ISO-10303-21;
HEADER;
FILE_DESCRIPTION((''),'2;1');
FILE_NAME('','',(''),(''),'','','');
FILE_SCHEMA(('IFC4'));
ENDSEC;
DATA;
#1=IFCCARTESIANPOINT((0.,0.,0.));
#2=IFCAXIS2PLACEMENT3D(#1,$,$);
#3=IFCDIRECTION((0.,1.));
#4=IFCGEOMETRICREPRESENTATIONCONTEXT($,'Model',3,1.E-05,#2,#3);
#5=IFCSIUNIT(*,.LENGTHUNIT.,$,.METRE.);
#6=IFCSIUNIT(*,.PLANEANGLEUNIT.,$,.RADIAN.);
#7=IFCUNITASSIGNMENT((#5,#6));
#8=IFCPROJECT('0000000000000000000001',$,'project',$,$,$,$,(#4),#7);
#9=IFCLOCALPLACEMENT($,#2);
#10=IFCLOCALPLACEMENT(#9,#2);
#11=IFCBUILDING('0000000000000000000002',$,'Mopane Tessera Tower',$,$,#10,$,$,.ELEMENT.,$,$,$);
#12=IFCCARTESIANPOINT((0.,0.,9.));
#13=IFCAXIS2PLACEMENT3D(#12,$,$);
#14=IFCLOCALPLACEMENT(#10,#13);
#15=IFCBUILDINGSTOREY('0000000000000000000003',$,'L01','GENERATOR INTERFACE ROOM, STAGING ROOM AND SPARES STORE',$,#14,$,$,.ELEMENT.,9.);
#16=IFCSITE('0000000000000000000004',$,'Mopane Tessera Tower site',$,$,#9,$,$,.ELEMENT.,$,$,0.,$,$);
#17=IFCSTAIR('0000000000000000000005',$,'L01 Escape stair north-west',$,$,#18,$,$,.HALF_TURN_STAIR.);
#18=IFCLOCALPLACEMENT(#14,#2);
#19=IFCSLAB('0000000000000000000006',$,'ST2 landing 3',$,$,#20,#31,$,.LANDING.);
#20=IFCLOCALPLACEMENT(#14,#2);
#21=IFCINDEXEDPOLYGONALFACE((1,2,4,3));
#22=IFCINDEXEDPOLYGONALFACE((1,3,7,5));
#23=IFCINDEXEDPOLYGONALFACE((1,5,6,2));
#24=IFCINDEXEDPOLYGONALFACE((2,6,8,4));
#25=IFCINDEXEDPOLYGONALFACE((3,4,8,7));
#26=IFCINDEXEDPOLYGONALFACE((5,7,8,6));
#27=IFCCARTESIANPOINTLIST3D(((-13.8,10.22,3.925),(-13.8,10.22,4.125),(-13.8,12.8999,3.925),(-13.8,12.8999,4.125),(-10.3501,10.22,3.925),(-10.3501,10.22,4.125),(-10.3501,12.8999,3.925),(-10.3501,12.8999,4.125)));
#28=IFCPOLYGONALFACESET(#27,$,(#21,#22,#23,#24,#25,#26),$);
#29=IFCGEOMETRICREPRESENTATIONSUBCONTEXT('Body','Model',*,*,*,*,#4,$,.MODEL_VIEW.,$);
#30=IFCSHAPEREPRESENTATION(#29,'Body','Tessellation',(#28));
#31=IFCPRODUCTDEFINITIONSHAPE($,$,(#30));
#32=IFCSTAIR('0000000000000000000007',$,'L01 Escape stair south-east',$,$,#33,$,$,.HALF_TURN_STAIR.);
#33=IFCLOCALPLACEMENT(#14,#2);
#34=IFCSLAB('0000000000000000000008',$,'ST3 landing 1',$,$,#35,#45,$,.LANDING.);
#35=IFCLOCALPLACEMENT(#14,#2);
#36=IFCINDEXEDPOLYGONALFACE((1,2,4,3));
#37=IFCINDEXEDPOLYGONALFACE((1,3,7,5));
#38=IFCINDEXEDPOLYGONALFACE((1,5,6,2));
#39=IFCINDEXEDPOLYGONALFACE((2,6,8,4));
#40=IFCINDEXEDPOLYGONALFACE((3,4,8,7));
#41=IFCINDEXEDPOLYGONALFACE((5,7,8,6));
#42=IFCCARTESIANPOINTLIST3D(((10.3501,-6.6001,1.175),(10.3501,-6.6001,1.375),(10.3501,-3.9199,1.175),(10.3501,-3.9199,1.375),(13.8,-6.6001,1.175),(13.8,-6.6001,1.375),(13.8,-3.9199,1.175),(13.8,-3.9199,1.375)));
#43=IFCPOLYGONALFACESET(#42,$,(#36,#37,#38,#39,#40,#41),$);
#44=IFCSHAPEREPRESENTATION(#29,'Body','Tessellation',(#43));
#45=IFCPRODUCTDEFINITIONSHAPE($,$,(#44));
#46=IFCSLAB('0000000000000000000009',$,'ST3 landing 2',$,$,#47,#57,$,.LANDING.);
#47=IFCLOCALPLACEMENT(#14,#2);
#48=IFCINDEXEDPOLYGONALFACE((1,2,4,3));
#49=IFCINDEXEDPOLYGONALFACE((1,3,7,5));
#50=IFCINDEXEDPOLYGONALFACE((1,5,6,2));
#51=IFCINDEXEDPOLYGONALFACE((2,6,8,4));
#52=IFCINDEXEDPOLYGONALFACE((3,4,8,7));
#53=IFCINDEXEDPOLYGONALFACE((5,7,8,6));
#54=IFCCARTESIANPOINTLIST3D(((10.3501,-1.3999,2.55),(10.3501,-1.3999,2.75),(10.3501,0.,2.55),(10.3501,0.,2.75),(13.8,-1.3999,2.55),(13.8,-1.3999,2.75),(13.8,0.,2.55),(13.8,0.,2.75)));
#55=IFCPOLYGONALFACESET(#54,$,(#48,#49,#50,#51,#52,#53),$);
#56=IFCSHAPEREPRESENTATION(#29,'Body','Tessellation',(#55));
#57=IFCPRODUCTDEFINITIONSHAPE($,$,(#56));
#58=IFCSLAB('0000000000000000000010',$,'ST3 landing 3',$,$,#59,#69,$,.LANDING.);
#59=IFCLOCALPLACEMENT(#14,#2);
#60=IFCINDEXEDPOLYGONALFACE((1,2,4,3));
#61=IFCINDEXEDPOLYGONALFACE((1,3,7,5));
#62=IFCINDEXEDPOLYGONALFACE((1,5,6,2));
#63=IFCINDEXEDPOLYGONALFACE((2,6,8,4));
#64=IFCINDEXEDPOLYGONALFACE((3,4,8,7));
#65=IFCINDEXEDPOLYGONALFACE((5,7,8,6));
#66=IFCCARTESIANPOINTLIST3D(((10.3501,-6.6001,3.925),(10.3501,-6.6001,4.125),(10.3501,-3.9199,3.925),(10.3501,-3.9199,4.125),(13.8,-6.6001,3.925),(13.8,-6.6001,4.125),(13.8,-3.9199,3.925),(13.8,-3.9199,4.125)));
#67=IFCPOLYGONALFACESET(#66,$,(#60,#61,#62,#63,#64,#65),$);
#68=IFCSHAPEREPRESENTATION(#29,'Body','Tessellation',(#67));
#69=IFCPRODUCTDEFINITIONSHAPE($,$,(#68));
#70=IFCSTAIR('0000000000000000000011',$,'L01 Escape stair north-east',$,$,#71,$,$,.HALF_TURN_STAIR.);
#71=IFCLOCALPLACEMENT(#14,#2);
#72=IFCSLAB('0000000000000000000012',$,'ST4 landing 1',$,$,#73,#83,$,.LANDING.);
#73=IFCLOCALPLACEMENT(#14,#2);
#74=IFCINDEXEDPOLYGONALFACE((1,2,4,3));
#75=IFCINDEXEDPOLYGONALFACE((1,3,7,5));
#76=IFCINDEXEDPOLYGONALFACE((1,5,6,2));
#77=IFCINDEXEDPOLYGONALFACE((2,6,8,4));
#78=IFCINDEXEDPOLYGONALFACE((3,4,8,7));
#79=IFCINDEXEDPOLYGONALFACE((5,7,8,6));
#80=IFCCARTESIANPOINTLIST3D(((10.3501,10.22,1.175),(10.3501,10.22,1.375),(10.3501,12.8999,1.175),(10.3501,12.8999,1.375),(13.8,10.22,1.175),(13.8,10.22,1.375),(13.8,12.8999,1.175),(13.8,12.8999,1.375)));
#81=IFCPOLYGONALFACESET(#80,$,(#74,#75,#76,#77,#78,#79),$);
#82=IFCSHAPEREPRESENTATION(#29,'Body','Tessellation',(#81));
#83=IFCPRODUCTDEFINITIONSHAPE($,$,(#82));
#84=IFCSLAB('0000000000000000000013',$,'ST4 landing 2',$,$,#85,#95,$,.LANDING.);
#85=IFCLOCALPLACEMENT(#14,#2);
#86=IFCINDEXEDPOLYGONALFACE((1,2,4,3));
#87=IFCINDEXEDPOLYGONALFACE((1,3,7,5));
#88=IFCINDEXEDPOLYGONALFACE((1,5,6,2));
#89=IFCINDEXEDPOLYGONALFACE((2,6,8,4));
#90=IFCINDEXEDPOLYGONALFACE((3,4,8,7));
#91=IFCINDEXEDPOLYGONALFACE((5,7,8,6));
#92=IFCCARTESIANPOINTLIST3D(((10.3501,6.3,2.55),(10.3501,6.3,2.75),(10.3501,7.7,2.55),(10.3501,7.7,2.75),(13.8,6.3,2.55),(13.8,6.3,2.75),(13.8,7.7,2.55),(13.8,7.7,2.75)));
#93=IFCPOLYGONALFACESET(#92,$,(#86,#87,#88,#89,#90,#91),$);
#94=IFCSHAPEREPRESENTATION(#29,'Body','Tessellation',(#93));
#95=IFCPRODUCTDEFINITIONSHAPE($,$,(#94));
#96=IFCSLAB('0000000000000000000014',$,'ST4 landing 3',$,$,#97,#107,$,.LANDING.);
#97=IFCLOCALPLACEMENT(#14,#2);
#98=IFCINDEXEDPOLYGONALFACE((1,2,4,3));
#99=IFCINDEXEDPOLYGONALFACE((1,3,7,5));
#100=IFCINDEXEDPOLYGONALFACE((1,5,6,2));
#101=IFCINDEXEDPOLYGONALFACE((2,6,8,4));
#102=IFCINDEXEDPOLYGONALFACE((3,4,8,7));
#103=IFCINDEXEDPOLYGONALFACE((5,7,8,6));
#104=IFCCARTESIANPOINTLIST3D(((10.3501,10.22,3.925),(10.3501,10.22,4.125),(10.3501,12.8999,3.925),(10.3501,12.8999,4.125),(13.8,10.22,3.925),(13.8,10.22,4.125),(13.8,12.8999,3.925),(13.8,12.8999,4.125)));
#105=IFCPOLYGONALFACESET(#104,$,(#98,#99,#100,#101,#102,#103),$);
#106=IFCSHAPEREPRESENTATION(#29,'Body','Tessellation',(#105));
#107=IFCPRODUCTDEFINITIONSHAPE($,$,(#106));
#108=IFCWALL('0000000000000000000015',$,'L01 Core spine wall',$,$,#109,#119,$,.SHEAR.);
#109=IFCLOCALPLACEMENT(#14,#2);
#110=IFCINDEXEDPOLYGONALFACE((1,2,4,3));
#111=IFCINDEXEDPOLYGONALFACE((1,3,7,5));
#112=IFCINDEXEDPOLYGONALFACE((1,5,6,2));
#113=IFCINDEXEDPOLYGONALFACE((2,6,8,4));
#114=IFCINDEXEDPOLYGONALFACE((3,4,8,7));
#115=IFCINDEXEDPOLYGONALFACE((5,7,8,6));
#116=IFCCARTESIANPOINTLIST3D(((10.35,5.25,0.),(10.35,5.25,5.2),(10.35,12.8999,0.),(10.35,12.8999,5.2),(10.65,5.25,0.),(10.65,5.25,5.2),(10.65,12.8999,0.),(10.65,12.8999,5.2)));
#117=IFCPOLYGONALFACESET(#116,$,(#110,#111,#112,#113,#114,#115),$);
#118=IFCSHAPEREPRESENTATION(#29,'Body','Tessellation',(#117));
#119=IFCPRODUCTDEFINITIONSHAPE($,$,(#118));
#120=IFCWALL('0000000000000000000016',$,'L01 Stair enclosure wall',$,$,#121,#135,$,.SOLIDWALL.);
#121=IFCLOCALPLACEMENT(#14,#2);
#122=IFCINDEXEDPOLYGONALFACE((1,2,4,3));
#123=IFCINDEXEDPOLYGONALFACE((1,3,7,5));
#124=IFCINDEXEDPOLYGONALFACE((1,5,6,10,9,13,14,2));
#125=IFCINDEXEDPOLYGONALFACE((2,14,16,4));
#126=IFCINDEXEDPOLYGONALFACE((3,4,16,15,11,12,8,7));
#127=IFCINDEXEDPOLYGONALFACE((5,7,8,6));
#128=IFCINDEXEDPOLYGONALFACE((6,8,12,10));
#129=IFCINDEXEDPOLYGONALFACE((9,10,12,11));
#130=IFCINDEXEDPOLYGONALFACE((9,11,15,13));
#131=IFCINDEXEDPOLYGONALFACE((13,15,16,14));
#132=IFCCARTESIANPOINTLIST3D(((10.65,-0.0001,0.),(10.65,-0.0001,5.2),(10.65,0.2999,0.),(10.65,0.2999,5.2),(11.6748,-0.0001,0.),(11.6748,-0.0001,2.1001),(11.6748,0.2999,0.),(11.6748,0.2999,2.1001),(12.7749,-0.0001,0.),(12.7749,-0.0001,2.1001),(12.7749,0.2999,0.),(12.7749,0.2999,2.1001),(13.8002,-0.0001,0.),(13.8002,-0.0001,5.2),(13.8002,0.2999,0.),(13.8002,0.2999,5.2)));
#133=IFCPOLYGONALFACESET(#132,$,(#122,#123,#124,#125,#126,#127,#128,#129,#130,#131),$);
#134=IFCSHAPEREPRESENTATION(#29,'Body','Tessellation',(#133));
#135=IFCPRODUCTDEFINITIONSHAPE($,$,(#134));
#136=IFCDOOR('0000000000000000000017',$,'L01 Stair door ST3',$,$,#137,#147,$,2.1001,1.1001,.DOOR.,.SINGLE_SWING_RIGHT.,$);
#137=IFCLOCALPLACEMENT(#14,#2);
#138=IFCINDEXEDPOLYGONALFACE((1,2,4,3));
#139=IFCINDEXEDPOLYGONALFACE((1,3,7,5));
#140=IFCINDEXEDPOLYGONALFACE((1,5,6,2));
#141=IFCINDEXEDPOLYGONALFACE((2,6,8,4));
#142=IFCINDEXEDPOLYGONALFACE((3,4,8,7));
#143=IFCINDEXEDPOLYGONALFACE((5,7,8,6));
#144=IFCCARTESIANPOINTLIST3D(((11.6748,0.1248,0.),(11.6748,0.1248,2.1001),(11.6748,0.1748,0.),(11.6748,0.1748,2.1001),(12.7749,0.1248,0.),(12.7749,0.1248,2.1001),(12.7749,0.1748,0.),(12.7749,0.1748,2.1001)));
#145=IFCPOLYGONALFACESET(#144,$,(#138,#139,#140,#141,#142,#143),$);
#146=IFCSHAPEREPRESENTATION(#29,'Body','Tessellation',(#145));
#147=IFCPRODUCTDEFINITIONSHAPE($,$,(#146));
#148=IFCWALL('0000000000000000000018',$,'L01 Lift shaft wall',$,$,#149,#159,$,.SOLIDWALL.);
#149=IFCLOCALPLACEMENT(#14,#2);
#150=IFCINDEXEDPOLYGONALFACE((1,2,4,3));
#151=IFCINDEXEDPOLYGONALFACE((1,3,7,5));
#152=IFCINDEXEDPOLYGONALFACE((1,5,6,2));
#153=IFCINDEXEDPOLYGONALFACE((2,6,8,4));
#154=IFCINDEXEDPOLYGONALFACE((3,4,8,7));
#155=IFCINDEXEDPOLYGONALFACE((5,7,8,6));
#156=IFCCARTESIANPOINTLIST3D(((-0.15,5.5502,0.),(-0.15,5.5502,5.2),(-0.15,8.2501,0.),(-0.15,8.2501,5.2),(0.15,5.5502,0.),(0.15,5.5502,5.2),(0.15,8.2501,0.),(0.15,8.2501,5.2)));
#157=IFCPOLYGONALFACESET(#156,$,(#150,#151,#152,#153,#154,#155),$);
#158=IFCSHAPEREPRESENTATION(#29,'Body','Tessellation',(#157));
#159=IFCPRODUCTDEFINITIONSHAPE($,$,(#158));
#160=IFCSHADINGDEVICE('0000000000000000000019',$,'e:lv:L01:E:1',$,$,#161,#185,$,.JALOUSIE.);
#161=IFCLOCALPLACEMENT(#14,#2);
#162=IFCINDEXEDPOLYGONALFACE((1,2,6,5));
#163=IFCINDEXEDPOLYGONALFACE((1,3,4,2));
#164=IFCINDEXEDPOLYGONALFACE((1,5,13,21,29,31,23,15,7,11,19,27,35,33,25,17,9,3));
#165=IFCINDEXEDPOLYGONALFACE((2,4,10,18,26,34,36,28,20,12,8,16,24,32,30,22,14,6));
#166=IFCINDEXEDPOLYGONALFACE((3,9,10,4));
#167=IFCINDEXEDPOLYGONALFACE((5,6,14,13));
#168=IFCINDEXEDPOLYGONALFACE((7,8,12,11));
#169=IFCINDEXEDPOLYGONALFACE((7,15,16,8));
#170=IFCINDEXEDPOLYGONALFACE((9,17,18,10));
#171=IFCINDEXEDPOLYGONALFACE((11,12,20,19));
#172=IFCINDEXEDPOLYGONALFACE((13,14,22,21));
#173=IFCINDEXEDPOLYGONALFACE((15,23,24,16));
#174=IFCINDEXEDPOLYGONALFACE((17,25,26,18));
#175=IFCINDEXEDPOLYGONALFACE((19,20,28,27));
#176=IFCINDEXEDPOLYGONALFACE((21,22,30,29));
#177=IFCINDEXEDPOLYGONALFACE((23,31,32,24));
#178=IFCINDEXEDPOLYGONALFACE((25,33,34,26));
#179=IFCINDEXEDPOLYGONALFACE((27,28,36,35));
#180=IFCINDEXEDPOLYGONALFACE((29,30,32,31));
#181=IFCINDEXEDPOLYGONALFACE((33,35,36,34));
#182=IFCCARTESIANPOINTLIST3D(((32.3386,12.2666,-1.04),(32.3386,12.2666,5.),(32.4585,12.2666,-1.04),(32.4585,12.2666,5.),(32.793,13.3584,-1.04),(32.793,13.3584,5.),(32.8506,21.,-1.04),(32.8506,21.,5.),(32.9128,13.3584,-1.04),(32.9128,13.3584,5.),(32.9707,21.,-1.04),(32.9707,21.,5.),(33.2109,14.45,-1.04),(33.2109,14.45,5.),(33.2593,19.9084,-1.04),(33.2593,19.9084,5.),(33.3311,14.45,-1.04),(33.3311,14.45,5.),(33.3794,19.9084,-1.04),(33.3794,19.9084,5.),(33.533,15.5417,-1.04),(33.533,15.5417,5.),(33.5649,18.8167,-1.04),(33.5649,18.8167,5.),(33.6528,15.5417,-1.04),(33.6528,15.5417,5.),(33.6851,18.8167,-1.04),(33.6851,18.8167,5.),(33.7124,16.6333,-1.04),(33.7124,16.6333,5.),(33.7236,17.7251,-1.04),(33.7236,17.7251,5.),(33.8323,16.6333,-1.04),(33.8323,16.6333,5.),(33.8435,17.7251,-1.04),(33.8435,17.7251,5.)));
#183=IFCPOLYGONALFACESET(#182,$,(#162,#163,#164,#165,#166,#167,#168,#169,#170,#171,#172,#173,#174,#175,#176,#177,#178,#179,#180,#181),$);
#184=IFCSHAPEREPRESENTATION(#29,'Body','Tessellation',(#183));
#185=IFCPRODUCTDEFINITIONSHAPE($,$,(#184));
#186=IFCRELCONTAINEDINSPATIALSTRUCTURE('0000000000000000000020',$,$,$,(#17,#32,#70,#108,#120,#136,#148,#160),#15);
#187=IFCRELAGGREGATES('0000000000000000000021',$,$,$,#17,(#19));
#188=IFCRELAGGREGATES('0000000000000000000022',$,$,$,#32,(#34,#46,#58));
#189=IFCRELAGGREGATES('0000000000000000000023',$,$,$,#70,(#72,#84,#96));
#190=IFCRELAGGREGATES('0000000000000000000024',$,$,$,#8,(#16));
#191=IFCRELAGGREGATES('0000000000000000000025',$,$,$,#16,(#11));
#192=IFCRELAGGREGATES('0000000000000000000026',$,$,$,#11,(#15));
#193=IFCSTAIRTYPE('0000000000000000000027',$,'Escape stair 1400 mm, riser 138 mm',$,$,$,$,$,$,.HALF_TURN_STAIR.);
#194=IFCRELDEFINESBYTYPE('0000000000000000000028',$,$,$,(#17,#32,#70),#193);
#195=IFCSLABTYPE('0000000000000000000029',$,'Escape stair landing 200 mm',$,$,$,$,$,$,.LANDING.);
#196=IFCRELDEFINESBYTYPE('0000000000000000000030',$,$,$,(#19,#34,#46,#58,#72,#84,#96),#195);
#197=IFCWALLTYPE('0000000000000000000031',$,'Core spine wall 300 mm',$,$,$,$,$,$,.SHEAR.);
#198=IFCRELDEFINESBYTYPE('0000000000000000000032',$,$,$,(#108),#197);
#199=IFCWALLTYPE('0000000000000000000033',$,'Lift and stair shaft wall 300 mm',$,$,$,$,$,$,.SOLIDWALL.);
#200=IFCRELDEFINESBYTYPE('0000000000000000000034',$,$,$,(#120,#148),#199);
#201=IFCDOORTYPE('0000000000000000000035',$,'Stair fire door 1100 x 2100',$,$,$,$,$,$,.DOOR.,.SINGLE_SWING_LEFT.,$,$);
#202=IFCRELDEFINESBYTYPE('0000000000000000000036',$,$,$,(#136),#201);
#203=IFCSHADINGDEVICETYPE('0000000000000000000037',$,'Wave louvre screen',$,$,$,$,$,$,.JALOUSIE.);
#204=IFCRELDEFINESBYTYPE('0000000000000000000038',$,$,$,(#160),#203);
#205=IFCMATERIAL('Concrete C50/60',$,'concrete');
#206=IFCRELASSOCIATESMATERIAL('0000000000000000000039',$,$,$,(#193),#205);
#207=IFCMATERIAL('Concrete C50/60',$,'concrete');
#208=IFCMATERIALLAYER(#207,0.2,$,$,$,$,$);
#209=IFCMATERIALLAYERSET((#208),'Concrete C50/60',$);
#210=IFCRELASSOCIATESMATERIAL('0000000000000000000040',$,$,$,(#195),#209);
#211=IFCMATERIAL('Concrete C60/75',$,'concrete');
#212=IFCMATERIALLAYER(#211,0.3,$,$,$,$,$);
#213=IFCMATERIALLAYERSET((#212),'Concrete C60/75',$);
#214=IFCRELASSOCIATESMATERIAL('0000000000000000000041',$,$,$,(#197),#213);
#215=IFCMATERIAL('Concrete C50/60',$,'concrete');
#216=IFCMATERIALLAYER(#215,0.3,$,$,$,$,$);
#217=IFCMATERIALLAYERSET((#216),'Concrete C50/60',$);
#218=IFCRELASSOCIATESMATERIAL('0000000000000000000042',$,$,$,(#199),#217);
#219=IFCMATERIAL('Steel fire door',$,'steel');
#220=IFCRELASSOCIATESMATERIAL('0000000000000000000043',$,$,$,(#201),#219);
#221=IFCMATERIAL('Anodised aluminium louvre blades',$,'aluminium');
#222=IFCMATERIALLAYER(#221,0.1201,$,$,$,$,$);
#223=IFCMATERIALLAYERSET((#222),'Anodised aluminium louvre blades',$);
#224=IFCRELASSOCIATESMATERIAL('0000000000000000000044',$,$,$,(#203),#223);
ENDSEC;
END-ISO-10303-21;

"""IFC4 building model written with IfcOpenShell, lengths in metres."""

from ifc_helpers import new_model, si_unit, direction, frame, frame_2d, origin, place, context, subcontext, project, spatial, polyline, rectangle, outline, extrude, material, layer, layer_set, type_object, element, fill, aggregate, save


model = new_model("IFC4")

# Units and contexts
model_context = context("Model", 3, precision=1e-05, world=origin(), true_north=direction((0.0, 1.0)))
body_context = subcontext(model_context, "Body", "Model", "MODEL_VIEW")
ifc_project = project(units=[si_unit("LENGTHUNIT", "METRE"), si_unit("PLANEANGLEUNIT", "RADIAN")], contexts=[model_context])

# Site, building, storey
site_placement = place(None, origin())
site = spatial("IfcSite", under=ifc_project, at=site_placement, Name="Mopane Tessera Tower site", CompositionType="ELEMENT", RefElevation=0.0)
building_placement = place(site_placement, origin())
building = spatial("IfcBuilding", under=site, at=building_placement, Name="Mopane Tessera Tower", CompositionType="ELEMENT")
storey_placement = place(building_placement, frame((0.0, 0.0, 9.0)))
storey = spatial("IfcBuildingStorey", under=building, at=storey_placement, Name="L01", Description="GENERATOR INTERFACE ROOM, STAGING ROOM AND SPARES STORE", CompositionType="ELEMENT", Elevation=9.0)

# Stairs, slabs
ifc_material_1 = material(Name="Concrete C50/60", Category="concrete")
stair_type = type_object("IfcStairType", Name="Escape stair 1400 mm, riser 138 mm", PredefinedType="HALF_TURN_STAIR", material=ifc_material_1)
ifc_material_2 = material(Name="Concrete C50/60", Category="concrete")
ifc_layer_1 = layer(ifc_material_2, 0.2)
ifc_layer_set_1 = layer_set([ifc_layer_1], Name="Concrete C50/60")
slab_type_1 = type_object("IfcSlabType", Name="Escape stair landing 200 mm", PredefinedType="LANDING", material=ifc_layer_set_1)
stair_1_placement = place(storey_placement, origin())
stair_1 = element("IfcStair", 1, at=stair_1_placement, inside=storey, type_object=stair_type, Name="L01 Escape stair north-west", PredefinedType="HALF_TURN_STAIR")
slab_1_placement = place(storey_placement, frame((0.0, 0.0, 3.925)))
slab_1 = element("IfcSlab", 2, at=slab_1_placement, type_object=slab_type_1, Name="ST2 landing 3", PredefinedType="LANDING", context=body_context, shape_type="SweptSolid", body=[
    extrude(outline(polyline([(-10.3501, 10.22), (-10.3501, 12.8999), (-13.8, 12.8999), (-13.8, 10.22), (-10.3501, 10.22)])), origin(), (0.0, 0.0, 1.0), 0.2),
])
aggregate(stair_1, [slab_1])
stair_2_placement = place(storey_placement, origin())
stair_2 = element("IfcStair", 3, at=stair_2_placement, inside=storey, type_object=stair_type, Name="L01 Escape stair south-east", PredefinedType="HALF_TURN_STAIR")
slab_2_placement = place(storey_placement, frame((0.0, 0.0, 1.175)))
slab_2 = element("IfcSlab", 4, at=slab_2_placement, type_object=slab_type_1, Name="ST3 landing 1", PredefinedType="LANDING", context=body_context, shape_type="SweptSolid", body=[
    extrude(outline(polyline([(10.3501, -3.9199), (10.3501, -6.6001), (13.8, -6.6001), (13.8, -3.9199), (10.3501, -3.9199)])), origin(), (0.0, 0.0, 1.0), 0.2),
])
slab_3_placement = place(storey_placement, frame((0.0, 0.0, 2.55)))
slab_3 = element("IfcSlab", 5, at=slab_3_placement, type_object=slab_type_1, Name="ST3 landing 2", PredefinedType="LANDING", context=body_context, shape_type="SweptSolid", body=[
    extrude(outline(polyline([(10.3501, 0.0), (10.3501, -1.3999), (13.8, -1.3999), (13.8, 0.0), (10.3501, 0.0)])), origin(), (0.0, 0.0, 1.0), 0.2),
])
slab_4_placement = place(storey_placement, frame((0.0, 0.0, 3.925)))
slab_4 = element("IfcSlab", 6, at=slab_4_placement, type_object=slab_type_1, Name="ST3 landing 3", PredefinedType="LANDING", context=body_context, shape_type="SweptSolid", body=[
    extrude(outline(polyline([(10.3501, -3.9199), (10.3501, -6.6001), (13.8, -6.6001), (13.8, -3.9199), (10.3501, -3.9199)])), origin(), (0.0, 0.0, 1.0), 0.2),
])
aggregate(stair_2, [slab_2, slab_3, slab_4])
stair_3_placement = place(storey_placement, origin())
stair_3 = element("IfcStair", 7, at=stair_3_placement, inside=storey, type_object=stair_type, Name="L01 Escape stair north-east", PredefinedType="HALF_TURN_STAIR")
slab_5_placement = place(storey_placement, frame((0.0, 0.0, 1.175)))
slab_5 = element("IfcSlab", 8, at=slab_5_placement, type_object=slab_type_1, Name="ST4 landing 1", PredefinedType="LANDING", context=body_context, shape_type="SweptSolid", body=[
    extrude(outline(polyline([(13.8, 10.22), (13.8, 12.8999), (10.3501, 12.8999), (10.3501, 10.22), (13.8, 10.22)])), origin(), (0.0, 0.0, 1.0), 0.2),
])
slab_6_placement = place(storey_placement, frame((0.0, 0.0, 2.55)))
slab_6 = element("IfcSlab", 9, at=slab_6_placement, type_object=slab_type_1, Name="ST4 landing 2", PredefinedType="LANDING", context=body_context, shape_type="SweptSolid", body=[
    extrude(outline(polyline([(13.8, 6.3), (13.8, 7.7), (10.3501, 7.7), (10.3501, 6.3), (13.8, 6.3)])), origin(), (0.0, 0.0, 1.0), 0.2),
])
slab_7_placement = place(storey_placement, frame((0.0, 0.0, 3.925)))
slab_7 = element("IfcSlab", 10, at=slab_7_placement, type_object=slab_type_1, Name="ST4 landing 3", PredefinedType="LANDING", context=body_context, shape_type="SweptSolid", body=[
    extrude(outline(polyline([(13.8, 10.22), (13.8, 12.8999), (10.3501, 12.8999), (10.3501, 10.22), (13.8, 10.22)])), origin(), (0.0, 0.0, 1.0), 0.2),
])
aggregate(stair_3, [slab_5, slab_6, slab_7])

# Wall
ifc_material_3 = material(Name="Concrete C60/75", Category="concrete")
ifc_layer_2 = layer(ifc_material_3, 0.3)
ifc_layer_set_2 = layer_set([ifc_layer_2], Name="Concrete C60/75")
wall_type_1 = type_object("IfcWallType", Name="Core spine wall 300 mm", PredefinedType="SHEAR", material=ifc_layer_set_2)
wall_1_placement = place(storey_placement, frame((10.5, 5.25, 0.0), z_axis=(0.0, 0.0, 1.0), x_axis=(0.0, 1.0, 0.0)))
element("IfcWall", 11, at=wall_1_placement, inside=storey, type_object=wall_type_1, Name="L01 Core spine wall", PredefinedType="SHEAR", context=body_context, shape_type="SweptSolid", body=[
    extrude(rectangle(XDim=7.6499, YDim=0.3, at=frame_2d((3.825, 0.0))), origin(), (0.0, 0.0, 1.0), 5.2),
])

# Wall, opening, door
ifc_material_4 = material(Name="Concrete C50/60", Category="concrete")
ifc_layer_3 = layer(ifc_material_4, 0.3)
ifc_layer_set_3 = layer_set([ifc_layer_3], Name="Concrete C50/60")
wall_type_2 = type_object("IfcWallType", Name="Lift and stair shaft wall 300 mm", PredefinedType="SOLIDWALL", material=ifc_layer_set_3)
wall_2_placement = place(storey_placement, frame((10.6499, 0.1499, 0.0), z_axis=(0.0, 0.0, 1.0), x_axis=(1.0, 0.0, 0.0)))
wall_2 = element("IfcWall", 12, at=wall_2_placement, inside=storey, type_object=wall_type_2, Name="L01 Stair enclosure wall", PredefinedType="SOLIDWALL", context=body_context, shape_type="SweptSolid", body=[
    extrude(rectangle(XDim=3.1501, YDim=0.3, at=frame_2d((1.5752, 0.0))), origin(), (0.0, 0.0, 1.0), 5.2),
])
opening_placement = place(wall_2_placement, frame((1.0249, 0.0, 0.0)))
opening = element("IfcOpeningElement", 13, at=opening_placement, cuts=wall_2, PredefinedType="OPENING", context=body_context, shape_type="SweptSolid", body=[
    extrude(rectangle(XDim=1.1001, YDim=2.1001, at=frame_2d((0.55, 1.05))), frame((0.0, 0.1621, 0.0), z_axis=(0.0, -1.0, 0.0), x_axis=(1.0, 0.0, 0.0)), (0.0, 0.0, 1.0), 0.324),
])
ifc_material_5 = material(Name="Steel fire door", Category="steel")
door_type = type_object("IfcDoorType", Name="Stair fire door 1100 x 2100", OperationType="SINGLE_SWING_LEFT", PredefinedType="DOOR", material=ifc_material_5)
door_placement = place(opening_placement, origin())
door = element("IfcDoor", 14, at=door_placement, inside=storey, type_object=door_type, Name="L01 Stair door ST3", OperationType="SINGLE_SWING_RIGHT", OverallHeight=2.1001, OverallWidth=1.1001, PredefinedType="DOOR", context=body_context, shape_type="SweptSolid", body=[
    extrude(rectangle(XDim=1.1001, YDim=2.1001, at=frame_2d((0.55, 1.05))), frame((0.0, 0.0249, 0.0), z_axis=(0.0, -1.0, 0.0), x_axis=(1.0, 0.0, 0.0)), (0.0, 0.0, 1.0), 0.05),
])
fill(opening, door)

# Wall
wall_3_placement = place(storey_placement, frame((0.0, 5.55, 0.0), z_axis=(0.0, 0.0, 1.0), x_axis=(0.0, 1.0, 0.0)))
element("IfcWall", 15, at=wall_3_placement, inside=storey, type_object=wall_type_2, Name="L01 Lift shaft wall", PredefinedType="SOLIDWALL", context=body_context, shape_type="SweptSolid", body=[
    extrude(rectangle(XDim=2.7, YDim=0.3, at=frame_2d((1.3501, 0.0))), origin(), (0.0, 0.0, 1.0), 5.2),
])

# Shading device
ifc_material_6 = material(Name="Anodised aluminium louvre blades", Category="aluminium")
ifc_layer_4 = layer(ifc_material_6, 0.1201)
ifc_layer_set_4 = layer_set([ifc_layer_4], Name="Anodised aluminium louvre blades")
shading_device_type = type_object("IfcShadingDeviceType", Name="Wave louvre screen", PredefinedType="JALOUSIE", material=ifc_layer_set_4)
shading_device_1_placement = place(storey_placement, frame((0.0, 0.0, -1.04)))
element("IfcShadingDevice", 16, at=shading_device_1_placement, inside=storey, type_object=shading_device_type, Name="e:lv:L01:E:1", PredefinedType="JALOUSIE", context=body_context, shape_type="SweptSolid", body=[
    extrude(outline(polyline([(32.3386, 12.2666), (32.793, 13.3584), (33.2109, 14.45), (33.533, 15.5417), (33.7124, 16.6333), (33.7236, 17.7251), (33.5649, 18.8167), (33.2593, 19.9084), (32.8506, 21.0), (32.9707, 21.0), (33.3794, 19.9084), (33.6851, 18.8167), (33.8435, 17.7251), (33.8323, 16.6333), (33.6528, 15.5417), (33.3311, 14.45), (32.9128, 13.3584), (32.4585, 12.2666), (32.3386, 12.2666)])), origin(), (0.0, 0.0, 1.0), 6.04),
])

save(model, "model.ifc")
